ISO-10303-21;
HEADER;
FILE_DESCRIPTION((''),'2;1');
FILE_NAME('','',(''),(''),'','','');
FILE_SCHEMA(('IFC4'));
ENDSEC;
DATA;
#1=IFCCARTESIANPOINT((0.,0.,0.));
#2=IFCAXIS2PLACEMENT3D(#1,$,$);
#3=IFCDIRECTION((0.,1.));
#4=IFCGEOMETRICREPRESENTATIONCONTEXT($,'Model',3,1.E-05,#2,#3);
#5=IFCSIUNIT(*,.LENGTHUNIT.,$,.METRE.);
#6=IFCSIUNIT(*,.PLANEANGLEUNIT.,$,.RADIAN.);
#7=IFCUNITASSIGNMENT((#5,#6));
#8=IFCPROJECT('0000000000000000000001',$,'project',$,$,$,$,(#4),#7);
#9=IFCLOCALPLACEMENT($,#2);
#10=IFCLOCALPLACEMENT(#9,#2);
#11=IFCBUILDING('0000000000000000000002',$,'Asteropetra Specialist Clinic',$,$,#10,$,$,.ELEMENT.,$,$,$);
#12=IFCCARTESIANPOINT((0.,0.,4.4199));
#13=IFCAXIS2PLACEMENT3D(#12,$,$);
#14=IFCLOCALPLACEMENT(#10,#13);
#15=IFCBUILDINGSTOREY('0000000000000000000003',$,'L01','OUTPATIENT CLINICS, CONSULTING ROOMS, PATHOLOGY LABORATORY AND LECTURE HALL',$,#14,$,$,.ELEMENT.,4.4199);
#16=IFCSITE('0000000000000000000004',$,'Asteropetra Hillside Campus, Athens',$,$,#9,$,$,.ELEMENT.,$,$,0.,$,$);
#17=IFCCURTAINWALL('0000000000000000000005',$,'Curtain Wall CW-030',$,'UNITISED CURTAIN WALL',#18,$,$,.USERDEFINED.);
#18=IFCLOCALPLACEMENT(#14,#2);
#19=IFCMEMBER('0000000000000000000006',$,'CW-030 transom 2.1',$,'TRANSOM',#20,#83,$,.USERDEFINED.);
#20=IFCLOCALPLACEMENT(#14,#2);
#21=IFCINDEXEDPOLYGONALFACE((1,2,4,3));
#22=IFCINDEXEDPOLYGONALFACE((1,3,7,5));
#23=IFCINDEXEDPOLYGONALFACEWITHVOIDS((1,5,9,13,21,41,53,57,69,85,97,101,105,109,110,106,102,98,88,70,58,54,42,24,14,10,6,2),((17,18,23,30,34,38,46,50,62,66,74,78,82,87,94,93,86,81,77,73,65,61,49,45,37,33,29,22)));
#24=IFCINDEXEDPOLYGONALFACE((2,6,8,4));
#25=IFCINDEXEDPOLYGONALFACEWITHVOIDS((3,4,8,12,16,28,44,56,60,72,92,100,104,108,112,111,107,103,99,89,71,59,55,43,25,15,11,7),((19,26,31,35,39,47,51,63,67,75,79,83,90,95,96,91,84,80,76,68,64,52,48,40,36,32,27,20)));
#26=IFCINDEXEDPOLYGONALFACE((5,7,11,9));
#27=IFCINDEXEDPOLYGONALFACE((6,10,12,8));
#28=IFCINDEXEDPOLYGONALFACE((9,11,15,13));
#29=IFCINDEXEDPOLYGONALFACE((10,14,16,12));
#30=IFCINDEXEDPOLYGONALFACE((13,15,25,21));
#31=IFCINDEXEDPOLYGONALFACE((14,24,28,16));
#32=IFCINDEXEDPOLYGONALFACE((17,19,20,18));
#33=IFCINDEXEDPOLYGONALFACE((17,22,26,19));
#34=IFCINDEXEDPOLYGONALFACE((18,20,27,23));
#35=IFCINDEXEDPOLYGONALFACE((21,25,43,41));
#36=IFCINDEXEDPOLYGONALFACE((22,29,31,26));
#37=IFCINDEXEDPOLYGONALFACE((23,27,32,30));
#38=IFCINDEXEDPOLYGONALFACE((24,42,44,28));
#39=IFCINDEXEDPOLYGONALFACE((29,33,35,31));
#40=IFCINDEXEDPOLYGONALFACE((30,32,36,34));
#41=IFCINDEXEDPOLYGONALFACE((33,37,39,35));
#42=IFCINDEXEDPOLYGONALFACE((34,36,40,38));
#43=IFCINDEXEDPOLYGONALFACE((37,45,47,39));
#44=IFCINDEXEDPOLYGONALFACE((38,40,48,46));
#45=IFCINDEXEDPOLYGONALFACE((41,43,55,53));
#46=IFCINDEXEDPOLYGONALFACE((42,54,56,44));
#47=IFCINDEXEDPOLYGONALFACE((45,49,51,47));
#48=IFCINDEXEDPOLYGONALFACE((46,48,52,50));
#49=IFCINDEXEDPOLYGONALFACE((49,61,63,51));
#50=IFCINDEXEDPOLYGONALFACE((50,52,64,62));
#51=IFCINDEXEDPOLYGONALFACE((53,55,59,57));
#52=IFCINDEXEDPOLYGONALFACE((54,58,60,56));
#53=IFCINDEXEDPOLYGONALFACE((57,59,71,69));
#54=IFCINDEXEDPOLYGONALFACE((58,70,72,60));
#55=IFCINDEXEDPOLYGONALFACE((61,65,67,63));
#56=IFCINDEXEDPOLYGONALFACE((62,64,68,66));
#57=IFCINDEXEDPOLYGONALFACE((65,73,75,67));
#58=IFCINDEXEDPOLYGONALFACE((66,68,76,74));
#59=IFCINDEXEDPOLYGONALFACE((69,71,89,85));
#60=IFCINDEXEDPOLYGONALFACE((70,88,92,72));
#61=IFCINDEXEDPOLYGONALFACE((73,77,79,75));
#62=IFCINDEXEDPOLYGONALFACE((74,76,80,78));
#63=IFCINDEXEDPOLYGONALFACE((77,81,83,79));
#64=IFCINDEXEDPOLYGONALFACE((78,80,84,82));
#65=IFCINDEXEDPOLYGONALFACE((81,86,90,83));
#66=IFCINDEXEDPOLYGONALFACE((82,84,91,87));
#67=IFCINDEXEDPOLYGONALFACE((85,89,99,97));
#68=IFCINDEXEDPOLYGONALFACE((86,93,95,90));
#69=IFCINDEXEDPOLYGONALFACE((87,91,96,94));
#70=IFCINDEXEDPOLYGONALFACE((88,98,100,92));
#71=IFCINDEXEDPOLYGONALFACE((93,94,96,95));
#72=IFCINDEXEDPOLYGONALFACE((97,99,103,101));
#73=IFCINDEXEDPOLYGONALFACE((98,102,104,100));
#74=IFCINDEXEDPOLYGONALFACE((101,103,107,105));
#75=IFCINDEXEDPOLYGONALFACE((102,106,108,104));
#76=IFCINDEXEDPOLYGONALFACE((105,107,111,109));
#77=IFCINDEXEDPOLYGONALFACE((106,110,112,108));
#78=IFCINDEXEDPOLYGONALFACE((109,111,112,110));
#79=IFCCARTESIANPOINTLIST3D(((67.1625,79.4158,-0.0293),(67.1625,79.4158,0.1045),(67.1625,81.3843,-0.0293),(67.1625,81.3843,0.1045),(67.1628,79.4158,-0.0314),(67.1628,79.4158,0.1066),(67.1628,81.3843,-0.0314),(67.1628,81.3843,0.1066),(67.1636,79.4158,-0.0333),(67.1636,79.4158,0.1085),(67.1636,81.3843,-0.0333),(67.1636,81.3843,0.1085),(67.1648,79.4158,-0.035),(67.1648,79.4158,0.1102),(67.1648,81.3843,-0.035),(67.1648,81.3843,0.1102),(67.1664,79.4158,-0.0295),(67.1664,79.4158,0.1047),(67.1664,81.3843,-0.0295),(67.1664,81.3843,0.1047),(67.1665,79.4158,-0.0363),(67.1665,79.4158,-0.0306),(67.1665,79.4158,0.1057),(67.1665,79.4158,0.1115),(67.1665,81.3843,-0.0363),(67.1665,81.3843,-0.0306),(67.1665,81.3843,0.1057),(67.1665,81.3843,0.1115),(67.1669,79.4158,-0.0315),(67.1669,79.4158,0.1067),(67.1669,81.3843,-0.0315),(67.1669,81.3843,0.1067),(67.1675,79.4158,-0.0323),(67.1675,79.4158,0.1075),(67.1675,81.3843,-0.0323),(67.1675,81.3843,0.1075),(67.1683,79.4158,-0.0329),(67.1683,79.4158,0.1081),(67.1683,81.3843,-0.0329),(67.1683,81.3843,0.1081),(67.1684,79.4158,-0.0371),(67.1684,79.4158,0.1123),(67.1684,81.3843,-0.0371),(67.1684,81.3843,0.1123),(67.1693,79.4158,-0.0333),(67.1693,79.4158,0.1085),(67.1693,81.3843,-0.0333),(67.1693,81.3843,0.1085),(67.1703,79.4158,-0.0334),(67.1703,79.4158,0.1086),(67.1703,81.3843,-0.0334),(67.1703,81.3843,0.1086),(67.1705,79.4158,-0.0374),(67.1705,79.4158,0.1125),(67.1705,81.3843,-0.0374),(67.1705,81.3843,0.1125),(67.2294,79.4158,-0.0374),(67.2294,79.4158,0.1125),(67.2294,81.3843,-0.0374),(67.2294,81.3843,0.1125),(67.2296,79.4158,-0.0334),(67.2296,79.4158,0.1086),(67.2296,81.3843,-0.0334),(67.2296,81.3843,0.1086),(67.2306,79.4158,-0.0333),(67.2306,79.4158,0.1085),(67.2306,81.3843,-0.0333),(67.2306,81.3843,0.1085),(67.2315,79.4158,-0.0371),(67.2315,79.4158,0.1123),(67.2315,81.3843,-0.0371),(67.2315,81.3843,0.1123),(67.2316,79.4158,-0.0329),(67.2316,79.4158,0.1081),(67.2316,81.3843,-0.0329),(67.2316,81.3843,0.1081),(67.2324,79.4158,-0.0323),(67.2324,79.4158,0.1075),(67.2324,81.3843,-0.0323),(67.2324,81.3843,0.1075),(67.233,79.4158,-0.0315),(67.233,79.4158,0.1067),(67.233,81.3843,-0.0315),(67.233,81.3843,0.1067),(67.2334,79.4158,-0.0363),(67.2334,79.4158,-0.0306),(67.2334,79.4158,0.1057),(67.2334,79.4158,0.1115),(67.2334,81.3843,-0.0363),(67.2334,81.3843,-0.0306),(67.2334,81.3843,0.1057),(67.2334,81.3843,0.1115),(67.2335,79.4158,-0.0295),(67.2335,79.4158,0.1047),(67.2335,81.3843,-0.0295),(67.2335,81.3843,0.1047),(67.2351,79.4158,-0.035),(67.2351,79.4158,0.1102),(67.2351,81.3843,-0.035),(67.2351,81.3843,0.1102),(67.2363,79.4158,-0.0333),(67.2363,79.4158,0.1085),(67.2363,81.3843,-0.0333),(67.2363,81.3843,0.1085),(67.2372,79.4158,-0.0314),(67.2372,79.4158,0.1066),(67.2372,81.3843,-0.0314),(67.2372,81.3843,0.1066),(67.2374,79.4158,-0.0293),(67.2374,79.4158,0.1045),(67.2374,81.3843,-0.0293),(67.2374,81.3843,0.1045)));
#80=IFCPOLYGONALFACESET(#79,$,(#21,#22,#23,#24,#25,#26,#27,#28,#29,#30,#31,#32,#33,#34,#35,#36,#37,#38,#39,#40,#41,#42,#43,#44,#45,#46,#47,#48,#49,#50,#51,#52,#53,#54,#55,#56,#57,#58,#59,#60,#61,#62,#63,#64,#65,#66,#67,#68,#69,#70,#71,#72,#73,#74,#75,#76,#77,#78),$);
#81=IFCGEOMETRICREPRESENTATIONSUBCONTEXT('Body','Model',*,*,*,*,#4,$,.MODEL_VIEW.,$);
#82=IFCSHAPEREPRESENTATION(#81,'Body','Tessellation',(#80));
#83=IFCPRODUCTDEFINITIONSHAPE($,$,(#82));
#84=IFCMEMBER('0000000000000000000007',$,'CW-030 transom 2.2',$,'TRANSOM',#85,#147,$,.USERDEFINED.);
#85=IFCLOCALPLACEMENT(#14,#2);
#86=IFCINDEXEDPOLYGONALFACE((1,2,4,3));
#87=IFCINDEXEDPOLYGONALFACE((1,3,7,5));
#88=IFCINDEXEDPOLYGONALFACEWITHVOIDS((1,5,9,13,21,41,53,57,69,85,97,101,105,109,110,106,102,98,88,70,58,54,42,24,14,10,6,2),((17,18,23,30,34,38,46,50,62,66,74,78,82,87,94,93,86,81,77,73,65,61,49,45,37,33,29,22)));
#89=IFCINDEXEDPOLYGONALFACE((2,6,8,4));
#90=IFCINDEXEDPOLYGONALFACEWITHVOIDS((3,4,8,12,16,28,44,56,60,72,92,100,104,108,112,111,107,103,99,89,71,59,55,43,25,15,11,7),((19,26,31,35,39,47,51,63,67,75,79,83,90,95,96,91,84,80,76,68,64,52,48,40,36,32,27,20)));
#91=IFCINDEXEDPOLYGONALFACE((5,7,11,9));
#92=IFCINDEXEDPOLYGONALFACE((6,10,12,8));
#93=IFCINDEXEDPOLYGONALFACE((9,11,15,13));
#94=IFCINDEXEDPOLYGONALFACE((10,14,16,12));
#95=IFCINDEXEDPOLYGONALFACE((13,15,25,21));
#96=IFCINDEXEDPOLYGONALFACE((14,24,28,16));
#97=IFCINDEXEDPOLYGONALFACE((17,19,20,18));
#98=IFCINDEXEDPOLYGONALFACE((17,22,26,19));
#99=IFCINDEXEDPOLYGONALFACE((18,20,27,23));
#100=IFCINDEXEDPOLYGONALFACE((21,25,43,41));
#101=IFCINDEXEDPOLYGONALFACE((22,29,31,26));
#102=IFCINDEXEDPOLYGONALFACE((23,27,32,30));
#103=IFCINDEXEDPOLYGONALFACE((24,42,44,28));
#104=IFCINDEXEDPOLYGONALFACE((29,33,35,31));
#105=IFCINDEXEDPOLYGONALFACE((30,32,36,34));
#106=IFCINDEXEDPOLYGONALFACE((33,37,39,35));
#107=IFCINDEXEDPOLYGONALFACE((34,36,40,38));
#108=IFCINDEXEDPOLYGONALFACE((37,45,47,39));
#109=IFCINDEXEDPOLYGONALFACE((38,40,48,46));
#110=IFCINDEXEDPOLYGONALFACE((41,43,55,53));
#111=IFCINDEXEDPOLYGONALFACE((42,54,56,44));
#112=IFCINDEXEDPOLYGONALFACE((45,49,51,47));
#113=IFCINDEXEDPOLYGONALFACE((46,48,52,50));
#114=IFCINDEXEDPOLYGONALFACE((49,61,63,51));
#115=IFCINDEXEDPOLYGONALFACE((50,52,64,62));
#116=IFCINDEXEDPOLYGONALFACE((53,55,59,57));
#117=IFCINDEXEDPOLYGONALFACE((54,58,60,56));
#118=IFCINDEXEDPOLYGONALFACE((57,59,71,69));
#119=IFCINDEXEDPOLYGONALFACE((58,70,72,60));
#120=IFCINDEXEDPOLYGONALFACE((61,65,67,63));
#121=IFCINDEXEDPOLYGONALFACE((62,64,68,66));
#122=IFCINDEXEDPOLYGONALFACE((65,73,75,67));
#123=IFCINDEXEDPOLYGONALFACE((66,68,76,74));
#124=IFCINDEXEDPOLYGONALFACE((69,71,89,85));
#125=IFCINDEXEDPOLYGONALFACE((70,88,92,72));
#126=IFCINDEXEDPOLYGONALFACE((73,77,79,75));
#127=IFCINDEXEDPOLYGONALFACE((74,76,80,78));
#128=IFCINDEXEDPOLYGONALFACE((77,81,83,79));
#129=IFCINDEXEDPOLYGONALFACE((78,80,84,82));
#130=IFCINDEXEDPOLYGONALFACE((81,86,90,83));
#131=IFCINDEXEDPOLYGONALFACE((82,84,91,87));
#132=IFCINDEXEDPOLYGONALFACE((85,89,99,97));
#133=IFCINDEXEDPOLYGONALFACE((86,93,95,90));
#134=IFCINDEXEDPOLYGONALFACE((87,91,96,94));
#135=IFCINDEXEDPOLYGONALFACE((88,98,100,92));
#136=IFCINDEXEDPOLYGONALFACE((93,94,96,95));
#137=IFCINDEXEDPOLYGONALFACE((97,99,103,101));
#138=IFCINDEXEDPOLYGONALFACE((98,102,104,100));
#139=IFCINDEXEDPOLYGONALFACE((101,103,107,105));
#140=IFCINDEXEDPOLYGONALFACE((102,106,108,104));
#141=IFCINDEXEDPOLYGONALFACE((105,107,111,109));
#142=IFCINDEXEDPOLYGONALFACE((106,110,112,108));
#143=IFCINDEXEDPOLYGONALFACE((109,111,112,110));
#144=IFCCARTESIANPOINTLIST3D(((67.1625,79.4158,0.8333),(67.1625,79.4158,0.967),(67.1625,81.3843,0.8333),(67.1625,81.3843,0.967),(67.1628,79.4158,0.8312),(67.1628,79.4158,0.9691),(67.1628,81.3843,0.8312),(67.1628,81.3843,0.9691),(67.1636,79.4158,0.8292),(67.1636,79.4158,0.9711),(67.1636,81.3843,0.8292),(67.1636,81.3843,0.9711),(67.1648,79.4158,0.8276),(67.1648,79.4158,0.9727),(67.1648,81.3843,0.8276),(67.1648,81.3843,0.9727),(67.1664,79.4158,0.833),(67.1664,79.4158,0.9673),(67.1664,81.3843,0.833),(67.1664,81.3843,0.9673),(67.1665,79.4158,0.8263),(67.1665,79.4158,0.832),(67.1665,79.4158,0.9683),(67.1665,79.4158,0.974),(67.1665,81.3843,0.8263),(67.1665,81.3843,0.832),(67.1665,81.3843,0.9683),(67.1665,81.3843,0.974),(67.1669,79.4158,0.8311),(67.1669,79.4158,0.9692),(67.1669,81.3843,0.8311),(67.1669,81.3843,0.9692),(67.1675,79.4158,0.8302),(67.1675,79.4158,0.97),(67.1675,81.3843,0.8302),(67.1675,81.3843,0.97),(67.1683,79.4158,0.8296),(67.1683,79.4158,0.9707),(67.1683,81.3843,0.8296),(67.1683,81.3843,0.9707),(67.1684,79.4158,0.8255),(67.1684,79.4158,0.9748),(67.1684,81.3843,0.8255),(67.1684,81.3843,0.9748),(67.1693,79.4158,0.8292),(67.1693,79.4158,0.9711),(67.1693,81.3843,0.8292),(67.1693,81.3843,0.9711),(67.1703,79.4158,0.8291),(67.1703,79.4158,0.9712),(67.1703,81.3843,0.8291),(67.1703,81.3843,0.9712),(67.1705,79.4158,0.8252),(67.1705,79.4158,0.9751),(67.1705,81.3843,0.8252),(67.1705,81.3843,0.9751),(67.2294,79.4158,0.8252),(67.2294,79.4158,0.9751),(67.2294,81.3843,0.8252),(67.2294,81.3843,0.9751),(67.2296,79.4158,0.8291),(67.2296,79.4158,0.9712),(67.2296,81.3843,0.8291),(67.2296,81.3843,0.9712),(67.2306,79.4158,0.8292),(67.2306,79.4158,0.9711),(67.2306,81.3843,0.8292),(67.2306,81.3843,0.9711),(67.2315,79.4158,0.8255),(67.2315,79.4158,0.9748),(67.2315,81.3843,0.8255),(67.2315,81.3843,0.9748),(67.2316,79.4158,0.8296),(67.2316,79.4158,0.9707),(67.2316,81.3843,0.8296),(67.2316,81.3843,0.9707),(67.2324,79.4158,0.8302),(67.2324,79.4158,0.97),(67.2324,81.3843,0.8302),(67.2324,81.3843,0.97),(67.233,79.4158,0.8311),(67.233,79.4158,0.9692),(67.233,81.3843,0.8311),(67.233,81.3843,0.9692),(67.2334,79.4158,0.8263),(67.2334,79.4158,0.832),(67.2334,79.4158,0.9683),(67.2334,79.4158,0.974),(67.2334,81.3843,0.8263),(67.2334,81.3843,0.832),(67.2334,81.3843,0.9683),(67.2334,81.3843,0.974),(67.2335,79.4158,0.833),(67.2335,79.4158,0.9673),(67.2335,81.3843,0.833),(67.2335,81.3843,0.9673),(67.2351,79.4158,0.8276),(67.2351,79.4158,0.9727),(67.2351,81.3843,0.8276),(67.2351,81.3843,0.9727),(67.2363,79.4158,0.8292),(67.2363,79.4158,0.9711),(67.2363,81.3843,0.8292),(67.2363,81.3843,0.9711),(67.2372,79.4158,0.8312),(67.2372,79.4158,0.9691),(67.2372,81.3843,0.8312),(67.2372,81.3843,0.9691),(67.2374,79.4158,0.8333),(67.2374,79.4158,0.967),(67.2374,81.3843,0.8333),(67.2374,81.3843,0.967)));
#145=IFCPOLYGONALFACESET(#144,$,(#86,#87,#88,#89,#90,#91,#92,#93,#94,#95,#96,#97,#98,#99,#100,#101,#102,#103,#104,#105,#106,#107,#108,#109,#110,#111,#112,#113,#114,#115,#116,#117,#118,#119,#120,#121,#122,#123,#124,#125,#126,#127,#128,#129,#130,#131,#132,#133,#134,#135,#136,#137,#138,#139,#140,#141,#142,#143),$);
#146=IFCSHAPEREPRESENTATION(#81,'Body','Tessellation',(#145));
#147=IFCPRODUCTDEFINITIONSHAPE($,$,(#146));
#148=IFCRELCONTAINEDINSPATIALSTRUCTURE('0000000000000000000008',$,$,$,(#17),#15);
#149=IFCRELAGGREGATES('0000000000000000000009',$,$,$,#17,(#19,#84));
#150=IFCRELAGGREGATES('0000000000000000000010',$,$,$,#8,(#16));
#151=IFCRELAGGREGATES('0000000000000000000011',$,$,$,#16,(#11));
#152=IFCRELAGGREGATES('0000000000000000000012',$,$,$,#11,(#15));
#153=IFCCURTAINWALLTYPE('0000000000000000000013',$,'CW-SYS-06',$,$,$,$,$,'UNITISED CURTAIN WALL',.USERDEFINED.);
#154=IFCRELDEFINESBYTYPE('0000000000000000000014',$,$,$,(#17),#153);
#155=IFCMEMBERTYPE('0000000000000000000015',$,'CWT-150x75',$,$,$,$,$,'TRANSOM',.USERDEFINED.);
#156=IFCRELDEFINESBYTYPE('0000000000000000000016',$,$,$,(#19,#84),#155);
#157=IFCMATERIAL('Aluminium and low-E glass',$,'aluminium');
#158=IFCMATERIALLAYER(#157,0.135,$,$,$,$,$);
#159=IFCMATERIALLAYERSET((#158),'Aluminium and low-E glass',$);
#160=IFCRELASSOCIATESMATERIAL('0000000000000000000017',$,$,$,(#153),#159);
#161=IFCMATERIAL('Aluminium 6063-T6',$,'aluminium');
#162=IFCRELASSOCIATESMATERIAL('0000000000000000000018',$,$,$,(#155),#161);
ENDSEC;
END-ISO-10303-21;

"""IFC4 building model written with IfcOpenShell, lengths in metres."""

from ifc_helpers import new_model, si_unit, direction, frame, origin, origin_2d, place, context, subcontext, project, spatial, hollow_rectangle, extrude, material, layer, layer_set, material_profile, profile_set, type_object, element, aggregate, save


model = new_model("IFC4")

# Units and contexts
model_context = context("Model", 3, precision=1e-05, world=origin(), true_north=direction((0.0, 1.0)))
body_context = subcontext(model_context, "Body", "Model", "MODEL_VIEW")
ifc_project = project(units=[si_unit("LENGTHUNIT", "METRE"), si_unit("PLANEANGLEUNIT", "RADIAN")], contexts=[model_context])

# Site, building, storey
site_placement = place(None, origin())
site = spatial("IfcSite", under=ifc_project, at=site_placement, Name="Asteropetra Hillside Campus, Athens", CompositionType="ELEMENT", RefElevation=0.0)
building_placement = place(site_placement, origin())
building = spatial("IfcBuilding", under=site, at=building_placement, Name="Asteropetra Specialist Clinic", CompositionType="ELEMENT")
storey_placement = place(building_placement, frame((0.0, 0.0, 4.4199)))
storey = spatial("IfcBuildingStorey", under=building, at=storey_placement, Name="L01", Description="OUTPATIENT CLINICS, CONSULTING ROOMS, PATHOLOGY LABORATORY AND LECTURE HALL", CompositionType="ELEMENT", Elevation=4.4199)

# Curtain wall, members
ifc_material_1 = material(Name="Aluminium and low-E glass", Category="aluminium")
ifc_layer_1 = layer(ifc_material_1, 0.135)
ifc_layer_set_1 = layer_set([ifc_layer_1], Name="Aluminium and low-E glass")
curtain_wall_type_1 = type_object("IfcCurtainWallType", Name="CW-SYS-06", ElementType="UNITISED CURTAIN WALL", PredefinedType="USERDEFINED", material=ifc_layer_set_1)
curtain_wall_1_placement = place(storey_placement, origin())
curtain_wall_1 = element("IfcCurtainWall", 1, at=curtain_wall_1_placement, inside=storey, type_object=curtain_wall_type_1, Name="Curtain Wall CW-030", ObjectType="UNITISED CURTAIN WALL", PredefinedType="USERDEFINED")
ifc_material_2 = material(Name="Aluminium 6063-T6", Category="aluminium")
ifc_material_profile_1 = material_profile(ifc_material_2, hollow_rectangle(XDim=0.075, YDim=0.1499, WallThickness=0.0039, InnerFilletRadius=0.0039, OuterFilletRadius=0.0081, at=origin_2d()), Name="TRN 150x75x4.0")
ifc_profile_set_1 = profile_set([ifc_material_profile_1], Name="Aluminium 6063-T6")
member_type_1 = type_object("IfcMemberType", Name="CWT-150x75", ElementType="TRANSOM", PredefinedType="USERDEFINED", material=ifc_profile_set_1)
member_1_placement = place(storey_placement, frame((67.2, 79.4158, 0.0376), z_axis=(0.0, 1.0, 0.0), x_axis=(-1.0, 0.0, 0.0)))
member_1 = element("IfcMember", 2, at=member_1_placement, type_object=member_type_1, Name="CW-030 transom 2.1", ObjectType="TRANSOM", PredefinedType="USERDEFINED", context=body_context, shape_type="SweptSolid", body=[
    extrude(hollow_rectangle(XDim=0.075, YDim=0.1499, WallThickness=0.0039, InnerFilletRadius=0.0039, OuterFilletRadius=0.0081, at=origin_2d()), origin(), (0.0, 0.0, 1.0), 1.9685),
])
member_2_placement = place(storey_placement, frame((67.2, 79.4158, 0.9001), z_axis=(0.0, 1.0, 0.0), x_axis=(-1.0, 0.0, 0.0)))
member_2 = element("IfcMember", 3, at=member_2_placement, type_object=member_type_1, Name="CW-030 transom 2.2", ObjectType="TRANSOM", PredefinedType="USERDEFINED", context=body_context, shape_type="SweptSolid", body=[
    extrude(hollow_rectangle(XDim=0.075, YDim=0.1499, WallThickness=0.0039, InnerFilletRadius=0.0039, OuterFilletRadius=0.0081, at=origin_2d()), origin(), (0.0, 0.0, 1.0), 1.9685),
])
aggregate(curtain_wall_1, [member_1, member_2])

save(model, "model.ifc")
